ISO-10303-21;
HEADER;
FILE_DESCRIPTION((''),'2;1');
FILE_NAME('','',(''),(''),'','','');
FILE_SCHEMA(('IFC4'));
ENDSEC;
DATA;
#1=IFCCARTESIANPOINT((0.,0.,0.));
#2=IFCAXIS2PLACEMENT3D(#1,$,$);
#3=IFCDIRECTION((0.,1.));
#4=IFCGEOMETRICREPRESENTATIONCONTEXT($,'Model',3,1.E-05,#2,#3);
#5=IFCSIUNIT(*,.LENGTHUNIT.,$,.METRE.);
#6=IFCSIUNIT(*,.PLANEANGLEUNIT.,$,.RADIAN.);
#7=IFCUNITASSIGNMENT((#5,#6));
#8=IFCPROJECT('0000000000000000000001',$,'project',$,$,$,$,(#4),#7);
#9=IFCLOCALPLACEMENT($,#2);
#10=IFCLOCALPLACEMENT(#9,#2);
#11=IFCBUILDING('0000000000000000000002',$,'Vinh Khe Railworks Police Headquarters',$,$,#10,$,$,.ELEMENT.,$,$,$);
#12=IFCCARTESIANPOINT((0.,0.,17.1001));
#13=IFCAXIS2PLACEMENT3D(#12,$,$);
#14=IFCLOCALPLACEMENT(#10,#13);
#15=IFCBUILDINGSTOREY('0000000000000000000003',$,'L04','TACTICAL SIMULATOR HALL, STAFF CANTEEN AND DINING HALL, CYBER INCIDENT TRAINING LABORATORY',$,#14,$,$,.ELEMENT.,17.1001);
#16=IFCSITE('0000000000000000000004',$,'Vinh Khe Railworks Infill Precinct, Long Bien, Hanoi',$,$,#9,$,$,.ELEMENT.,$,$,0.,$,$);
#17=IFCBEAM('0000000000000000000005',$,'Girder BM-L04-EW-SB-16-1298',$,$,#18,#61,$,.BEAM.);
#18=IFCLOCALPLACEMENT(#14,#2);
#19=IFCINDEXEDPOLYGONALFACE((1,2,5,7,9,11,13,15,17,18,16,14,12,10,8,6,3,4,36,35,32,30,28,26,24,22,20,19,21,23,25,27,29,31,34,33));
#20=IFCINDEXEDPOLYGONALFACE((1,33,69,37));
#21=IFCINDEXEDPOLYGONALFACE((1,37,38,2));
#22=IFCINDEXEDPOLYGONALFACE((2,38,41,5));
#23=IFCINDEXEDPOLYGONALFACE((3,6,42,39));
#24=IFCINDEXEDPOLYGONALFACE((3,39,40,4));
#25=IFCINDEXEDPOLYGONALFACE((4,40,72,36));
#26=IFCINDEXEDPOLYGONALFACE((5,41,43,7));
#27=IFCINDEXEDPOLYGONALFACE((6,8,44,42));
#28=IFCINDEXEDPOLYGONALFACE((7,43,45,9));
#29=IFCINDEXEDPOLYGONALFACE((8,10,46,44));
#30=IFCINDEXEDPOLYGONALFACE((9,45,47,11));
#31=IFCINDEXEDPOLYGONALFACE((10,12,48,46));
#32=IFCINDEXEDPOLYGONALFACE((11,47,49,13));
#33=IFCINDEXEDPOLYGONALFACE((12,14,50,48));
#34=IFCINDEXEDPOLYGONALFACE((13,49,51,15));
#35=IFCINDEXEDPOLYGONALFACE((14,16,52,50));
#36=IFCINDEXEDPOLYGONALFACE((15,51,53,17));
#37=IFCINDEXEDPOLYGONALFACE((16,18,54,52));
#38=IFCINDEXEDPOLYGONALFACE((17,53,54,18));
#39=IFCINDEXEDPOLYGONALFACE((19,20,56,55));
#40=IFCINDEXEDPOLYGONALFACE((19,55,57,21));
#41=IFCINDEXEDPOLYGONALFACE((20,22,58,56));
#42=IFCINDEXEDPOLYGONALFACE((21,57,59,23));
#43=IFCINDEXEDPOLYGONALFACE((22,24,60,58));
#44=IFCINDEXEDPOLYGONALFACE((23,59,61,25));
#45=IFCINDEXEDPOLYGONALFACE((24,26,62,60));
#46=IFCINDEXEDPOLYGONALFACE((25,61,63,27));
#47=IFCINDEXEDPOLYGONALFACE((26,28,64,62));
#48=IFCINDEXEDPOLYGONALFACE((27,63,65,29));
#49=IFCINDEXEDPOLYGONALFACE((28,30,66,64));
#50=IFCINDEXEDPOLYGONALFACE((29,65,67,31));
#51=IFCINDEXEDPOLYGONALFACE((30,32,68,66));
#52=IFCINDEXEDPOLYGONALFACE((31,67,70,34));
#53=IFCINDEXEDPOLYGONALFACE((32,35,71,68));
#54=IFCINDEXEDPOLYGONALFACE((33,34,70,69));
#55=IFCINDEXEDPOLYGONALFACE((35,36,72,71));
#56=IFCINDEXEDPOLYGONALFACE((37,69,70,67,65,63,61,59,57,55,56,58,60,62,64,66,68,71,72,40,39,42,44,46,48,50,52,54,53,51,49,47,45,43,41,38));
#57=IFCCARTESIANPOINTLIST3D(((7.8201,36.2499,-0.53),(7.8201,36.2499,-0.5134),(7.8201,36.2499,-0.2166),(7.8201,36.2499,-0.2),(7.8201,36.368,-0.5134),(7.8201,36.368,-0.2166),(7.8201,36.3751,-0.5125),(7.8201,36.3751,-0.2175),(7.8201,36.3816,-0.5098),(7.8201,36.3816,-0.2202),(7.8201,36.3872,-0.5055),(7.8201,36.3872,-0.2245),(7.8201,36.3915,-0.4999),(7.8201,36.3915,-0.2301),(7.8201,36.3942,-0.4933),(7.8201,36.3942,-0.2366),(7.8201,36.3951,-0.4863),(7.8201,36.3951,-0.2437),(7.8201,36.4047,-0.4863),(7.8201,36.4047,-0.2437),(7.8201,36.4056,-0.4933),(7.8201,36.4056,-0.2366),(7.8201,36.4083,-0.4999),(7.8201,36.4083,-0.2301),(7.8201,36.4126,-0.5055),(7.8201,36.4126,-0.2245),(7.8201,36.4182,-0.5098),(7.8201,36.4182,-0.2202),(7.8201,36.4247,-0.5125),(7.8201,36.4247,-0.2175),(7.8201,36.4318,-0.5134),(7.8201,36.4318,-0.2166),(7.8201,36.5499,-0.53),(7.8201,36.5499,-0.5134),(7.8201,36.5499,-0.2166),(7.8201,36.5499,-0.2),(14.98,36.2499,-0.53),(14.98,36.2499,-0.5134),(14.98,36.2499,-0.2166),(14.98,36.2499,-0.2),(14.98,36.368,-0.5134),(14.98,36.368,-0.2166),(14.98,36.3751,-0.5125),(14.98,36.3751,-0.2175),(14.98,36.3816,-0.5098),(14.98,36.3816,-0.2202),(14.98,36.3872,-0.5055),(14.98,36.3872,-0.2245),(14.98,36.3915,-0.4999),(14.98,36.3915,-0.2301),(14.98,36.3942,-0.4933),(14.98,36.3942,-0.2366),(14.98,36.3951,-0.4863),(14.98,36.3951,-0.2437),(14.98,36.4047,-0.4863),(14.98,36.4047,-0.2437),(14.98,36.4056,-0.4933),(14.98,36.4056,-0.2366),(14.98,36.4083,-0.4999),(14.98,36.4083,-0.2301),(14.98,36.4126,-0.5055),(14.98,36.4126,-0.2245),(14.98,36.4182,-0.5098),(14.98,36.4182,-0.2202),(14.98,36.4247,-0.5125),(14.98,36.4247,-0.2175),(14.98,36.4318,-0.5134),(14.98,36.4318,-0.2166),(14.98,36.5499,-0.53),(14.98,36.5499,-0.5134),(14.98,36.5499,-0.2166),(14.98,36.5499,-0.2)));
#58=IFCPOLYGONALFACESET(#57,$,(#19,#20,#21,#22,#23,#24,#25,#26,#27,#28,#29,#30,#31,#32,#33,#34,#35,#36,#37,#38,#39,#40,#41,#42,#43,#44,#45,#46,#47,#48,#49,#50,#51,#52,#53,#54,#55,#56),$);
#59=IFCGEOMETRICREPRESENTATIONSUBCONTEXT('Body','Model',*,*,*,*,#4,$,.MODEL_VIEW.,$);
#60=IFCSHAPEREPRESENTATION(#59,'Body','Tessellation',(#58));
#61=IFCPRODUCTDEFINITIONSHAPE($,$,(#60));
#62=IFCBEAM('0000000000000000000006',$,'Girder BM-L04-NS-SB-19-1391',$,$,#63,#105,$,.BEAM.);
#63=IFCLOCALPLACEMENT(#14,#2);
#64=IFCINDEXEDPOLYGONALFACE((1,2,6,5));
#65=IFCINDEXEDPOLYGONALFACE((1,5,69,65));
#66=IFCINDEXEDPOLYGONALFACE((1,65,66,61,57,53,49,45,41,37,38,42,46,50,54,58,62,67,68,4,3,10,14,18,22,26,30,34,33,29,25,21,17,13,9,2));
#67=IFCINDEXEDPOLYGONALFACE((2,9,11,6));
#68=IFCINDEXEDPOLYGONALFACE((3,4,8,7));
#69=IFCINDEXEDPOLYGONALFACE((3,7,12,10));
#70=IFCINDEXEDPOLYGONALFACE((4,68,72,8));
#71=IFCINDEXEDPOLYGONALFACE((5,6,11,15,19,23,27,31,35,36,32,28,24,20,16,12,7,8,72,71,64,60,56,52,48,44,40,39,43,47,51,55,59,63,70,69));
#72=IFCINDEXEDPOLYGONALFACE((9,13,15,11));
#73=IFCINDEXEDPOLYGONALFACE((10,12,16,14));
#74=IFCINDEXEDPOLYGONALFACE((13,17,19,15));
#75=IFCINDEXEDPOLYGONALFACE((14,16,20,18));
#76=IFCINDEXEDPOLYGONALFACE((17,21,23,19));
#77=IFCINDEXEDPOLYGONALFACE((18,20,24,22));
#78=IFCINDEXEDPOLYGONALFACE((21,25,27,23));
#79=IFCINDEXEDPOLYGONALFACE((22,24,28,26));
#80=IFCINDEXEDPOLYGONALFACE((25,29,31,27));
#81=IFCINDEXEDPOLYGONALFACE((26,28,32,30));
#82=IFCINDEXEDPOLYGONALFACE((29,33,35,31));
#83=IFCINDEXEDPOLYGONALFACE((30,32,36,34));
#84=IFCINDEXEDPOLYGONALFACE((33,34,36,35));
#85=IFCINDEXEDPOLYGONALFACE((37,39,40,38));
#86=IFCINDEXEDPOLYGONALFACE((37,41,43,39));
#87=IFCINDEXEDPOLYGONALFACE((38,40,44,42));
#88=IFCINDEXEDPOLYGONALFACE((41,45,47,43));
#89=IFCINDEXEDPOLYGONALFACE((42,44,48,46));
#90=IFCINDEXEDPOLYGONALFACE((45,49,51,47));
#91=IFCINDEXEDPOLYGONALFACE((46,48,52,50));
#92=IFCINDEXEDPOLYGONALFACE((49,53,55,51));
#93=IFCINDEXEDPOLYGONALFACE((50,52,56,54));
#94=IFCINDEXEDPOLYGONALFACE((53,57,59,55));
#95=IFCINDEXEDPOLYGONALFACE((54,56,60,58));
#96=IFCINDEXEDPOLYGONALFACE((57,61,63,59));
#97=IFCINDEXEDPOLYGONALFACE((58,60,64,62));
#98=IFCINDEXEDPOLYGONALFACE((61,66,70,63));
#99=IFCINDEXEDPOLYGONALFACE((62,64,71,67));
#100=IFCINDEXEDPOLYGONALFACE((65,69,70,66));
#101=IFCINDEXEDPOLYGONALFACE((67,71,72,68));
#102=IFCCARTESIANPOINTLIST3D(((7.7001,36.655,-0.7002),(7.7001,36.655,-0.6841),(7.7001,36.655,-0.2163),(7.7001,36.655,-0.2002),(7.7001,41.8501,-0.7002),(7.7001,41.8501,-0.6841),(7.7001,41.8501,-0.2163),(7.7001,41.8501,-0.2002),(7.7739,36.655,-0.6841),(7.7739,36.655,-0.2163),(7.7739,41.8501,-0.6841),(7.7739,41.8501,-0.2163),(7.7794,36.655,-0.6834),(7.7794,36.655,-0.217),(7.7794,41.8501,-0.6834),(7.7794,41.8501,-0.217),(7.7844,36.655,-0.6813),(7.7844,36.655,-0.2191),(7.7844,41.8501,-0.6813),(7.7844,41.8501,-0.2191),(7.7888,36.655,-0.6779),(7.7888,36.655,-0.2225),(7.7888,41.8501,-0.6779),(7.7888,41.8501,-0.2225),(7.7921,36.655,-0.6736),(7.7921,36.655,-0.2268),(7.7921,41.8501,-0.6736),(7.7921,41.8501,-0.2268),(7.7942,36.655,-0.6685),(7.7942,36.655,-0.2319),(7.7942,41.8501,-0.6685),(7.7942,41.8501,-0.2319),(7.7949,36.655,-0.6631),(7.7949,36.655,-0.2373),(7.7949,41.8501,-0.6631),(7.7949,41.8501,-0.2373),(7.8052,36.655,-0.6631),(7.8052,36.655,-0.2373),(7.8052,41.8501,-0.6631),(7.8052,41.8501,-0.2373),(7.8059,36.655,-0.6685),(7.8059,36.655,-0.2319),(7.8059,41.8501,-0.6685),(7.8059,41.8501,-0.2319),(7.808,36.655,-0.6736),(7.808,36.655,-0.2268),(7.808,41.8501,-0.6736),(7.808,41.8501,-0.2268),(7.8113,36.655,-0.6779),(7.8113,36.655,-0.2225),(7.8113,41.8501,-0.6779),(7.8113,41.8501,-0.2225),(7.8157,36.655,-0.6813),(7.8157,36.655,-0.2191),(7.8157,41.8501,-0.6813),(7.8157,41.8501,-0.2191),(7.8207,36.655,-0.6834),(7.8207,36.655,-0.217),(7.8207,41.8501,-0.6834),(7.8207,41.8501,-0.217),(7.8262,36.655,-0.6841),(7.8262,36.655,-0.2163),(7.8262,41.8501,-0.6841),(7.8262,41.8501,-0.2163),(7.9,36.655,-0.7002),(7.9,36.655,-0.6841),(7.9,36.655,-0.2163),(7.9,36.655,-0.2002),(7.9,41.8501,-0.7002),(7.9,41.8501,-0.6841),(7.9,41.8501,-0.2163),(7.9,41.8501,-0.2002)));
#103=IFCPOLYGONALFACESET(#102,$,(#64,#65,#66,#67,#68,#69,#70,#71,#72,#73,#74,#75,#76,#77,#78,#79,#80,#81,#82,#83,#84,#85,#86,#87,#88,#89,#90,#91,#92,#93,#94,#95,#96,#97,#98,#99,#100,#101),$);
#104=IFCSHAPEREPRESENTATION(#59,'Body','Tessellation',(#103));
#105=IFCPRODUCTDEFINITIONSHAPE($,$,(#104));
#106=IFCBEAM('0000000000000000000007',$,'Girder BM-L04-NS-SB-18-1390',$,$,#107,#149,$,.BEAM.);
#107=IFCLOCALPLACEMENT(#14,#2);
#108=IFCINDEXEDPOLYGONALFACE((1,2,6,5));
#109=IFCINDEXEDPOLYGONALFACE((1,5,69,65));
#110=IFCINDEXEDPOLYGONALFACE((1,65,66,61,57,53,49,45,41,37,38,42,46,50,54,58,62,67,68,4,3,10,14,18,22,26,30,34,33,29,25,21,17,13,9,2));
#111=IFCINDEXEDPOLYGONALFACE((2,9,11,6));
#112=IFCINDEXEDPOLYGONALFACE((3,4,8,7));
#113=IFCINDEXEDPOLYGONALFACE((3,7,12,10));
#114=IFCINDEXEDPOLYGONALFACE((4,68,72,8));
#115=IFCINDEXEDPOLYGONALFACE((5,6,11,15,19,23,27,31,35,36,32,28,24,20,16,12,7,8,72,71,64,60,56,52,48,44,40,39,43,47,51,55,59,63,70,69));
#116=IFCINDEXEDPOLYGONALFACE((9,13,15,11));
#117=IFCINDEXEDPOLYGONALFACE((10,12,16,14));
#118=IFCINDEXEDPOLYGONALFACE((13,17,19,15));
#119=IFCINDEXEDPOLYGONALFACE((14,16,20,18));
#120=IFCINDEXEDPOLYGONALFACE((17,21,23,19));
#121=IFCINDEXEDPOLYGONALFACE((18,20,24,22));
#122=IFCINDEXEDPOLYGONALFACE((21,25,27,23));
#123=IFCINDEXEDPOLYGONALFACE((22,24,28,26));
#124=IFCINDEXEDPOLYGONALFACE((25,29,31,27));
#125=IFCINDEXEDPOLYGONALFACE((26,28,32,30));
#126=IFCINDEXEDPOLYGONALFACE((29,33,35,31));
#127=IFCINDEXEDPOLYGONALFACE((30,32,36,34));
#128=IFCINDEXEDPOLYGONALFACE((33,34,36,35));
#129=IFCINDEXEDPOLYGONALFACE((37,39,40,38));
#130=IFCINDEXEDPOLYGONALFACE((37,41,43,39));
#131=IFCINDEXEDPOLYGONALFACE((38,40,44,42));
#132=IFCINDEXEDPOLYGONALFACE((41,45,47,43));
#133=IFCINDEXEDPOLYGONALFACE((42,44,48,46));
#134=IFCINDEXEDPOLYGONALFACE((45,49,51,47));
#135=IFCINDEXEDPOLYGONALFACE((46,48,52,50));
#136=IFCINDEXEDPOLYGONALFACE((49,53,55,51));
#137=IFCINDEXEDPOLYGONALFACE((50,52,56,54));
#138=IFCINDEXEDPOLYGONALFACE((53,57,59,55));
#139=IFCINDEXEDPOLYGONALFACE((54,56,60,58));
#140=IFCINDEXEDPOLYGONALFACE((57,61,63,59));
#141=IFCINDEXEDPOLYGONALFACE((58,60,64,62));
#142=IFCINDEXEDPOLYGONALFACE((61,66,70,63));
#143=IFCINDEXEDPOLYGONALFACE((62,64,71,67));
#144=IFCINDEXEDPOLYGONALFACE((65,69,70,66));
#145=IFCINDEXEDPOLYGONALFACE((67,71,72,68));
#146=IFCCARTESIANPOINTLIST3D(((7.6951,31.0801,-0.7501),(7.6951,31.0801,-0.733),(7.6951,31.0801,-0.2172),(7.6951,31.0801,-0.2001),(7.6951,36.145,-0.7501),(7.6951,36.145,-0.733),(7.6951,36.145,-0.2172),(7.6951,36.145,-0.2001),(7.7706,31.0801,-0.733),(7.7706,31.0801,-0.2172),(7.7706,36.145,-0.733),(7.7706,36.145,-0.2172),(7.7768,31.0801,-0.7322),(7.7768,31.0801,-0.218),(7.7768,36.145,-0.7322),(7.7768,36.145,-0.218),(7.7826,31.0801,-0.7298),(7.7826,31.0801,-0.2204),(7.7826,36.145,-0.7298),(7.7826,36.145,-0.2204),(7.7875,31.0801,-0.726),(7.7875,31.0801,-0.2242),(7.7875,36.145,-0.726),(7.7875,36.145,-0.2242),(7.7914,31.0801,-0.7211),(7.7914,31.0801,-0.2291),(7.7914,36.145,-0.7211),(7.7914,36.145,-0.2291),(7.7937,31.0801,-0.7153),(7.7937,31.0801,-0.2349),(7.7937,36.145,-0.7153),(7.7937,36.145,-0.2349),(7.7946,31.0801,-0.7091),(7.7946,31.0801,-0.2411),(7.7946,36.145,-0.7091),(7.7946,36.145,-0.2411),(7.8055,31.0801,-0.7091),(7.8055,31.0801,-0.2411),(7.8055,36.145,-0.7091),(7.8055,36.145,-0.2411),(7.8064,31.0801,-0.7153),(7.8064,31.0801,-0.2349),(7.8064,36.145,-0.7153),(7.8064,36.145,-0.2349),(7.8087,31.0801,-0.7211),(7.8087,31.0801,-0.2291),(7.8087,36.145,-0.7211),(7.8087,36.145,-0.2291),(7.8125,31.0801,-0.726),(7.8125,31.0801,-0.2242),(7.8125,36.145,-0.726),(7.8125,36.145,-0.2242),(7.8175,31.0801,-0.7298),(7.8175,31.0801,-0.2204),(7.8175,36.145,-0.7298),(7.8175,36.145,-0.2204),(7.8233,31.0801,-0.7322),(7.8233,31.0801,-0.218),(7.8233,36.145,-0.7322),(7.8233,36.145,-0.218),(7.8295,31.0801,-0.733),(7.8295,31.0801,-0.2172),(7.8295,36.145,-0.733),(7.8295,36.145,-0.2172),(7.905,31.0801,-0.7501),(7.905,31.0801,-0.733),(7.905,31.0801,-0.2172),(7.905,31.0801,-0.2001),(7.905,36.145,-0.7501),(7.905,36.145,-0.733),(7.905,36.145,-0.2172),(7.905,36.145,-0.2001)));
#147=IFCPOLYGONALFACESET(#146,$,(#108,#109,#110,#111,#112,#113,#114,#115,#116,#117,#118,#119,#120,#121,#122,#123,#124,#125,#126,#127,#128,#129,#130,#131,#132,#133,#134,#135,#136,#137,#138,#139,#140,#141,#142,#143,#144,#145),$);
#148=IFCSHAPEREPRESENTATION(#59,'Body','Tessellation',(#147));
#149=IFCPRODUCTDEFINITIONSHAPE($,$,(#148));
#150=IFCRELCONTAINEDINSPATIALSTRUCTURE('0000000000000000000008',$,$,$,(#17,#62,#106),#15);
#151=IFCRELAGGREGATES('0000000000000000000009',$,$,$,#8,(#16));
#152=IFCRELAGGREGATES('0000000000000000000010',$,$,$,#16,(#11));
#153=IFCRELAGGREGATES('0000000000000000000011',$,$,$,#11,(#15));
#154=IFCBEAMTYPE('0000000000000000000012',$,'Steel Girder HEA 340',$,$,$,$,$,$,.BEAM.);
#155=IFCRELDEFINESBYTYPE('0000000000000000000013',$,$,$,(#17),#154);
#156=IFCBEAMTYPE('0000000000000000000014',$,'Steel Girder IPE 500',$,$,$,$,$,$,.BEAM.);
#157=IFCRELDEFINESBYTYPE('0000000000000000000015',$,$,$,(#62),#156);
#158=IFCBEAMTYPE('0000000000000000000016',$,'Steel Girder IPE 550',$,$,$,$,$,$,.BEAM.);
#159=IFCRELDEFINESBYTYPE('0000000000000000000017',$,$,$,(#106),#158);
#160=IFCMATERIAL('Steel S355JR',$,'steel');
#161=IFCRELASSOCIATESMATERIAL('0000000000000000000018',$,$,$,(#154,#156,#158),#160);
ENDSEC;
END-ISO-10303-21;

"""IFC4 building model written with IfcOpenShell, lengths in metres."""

from ifc_helpers import new_model, si_unit, direction, frame, origin, origin_2d, place, context, subcontext, project, spatial, i_section, extrude, material, material_profile, profile_set, type_object, element, save


model = new_model("IFC4")

# Units and contexts
model_context = context("Model", 3, precision=1e-05, world=origin(), true_north=direction((0.0, 1.0)))
body_context = subcontext(model_context, "Body", "Model", "MODEL_VIEW")
ifc_project = project(units=[si_unit("LENGTHUNIT", "METRE"), si_unit("PLANEANGLEUNIT", "RADIAN")], contexts=[model_context])

# Site, building, storey
site_placement = place(None, origin())
site = spatial("IfcSite", under=ifc_project, at=site_placement, Name="Vinh Khe Railworks Infill Precinct, Long Bien, Hanoi", CompositionType="ELEMENT", RefElevation=0.0)
building_placement = place(site_placement, origin())
building = spatial("IfcBuilding", under=site, at=building_placement, Name="Vinh Khe Railworks Police Headquarters", CompositionType="ELEMENT")
storey_placement = place(building_placement, frame((0.0, 0.0, 17.1001)))
storey = spatial("IfcBuildingStorey", under=building, at=storey_placement, Name="L04", Description="TACTICAL SIMULATOR HALL, STAFF CANTEEN AND DINING HALL, CYBER INCIDENT TRAINING LABORATORY", CompositionType="ELEMENT", Elevation=17.1001)

# Shared definitions
ifc_material_1 = material(Name="Steel S355JR", Category="steel")

# Beams
ifc_material_profile_1 = material_profile(ifc_material_1, i_section(OverallWidth=0.3, OverallDepth=0.3301, WebThickness=0.0095, FlangeThickness=0.0166, FilletRadius=0.0271, at=origin_2d()), Name="HEA 340")
ifc_profile_set_1 = profile_set([ifc_material_profile_1], Name="Steel S355JR")
beam_type_1 = type_object("IfcBeamType", Name="Steel Girder HEA 340", PredefinedType="BEAM", material=ifc_profile_set_1)
beam_1_placement = place(storey_placement, frame((7.8201, 36.3999, -0.365), z_axis=(1.0, 0.0, 0.0), x_axis=(0.0, 1.0, 0.0)))
element("IfcBeam", 1, at=beam_1_placement, inside=storey, type_object=beam_type_1, Name="Girder BM-L04-EW-SB-16-1298", PredefinedType="BEAM", context=body_context, shape_type="SweptSolid", body=[
    extrude(i_section(OverallWidth=0.3, OverallDepth=0.3301, WebThickness=0.0095, FlangeThickness=0.0166, FilletRadius=0.0271, at=origin_2d()), origin(), (0.0, 0.0, 1.0), 7.1599),
])
ifc_material_profile_2 = material_profile(ifc_material_1, i_section(OverallWidth=0.2, OverallDepth=0.5, WebThickness=0.0103, FlangeThickness=0.0161, FilletRadius=0.021, at=origin_2d()), Name="IPE 500")
ifc_profile_set_2 = profile_set([ifc_material_profile_2], Name="Steel S355JR")
beam_type_2 = type_object("IfcBeamType", Name="Steel Girder IPE 500", PredefinedType="BEAM", material=ifc_profile_set_2)
beam_2_placement = place(storey_placement, frame((7.8, 36.655, -0.4502), z_axis=(0.0, 1.0, 0.0), x_axis=(-1.0, 0.0, 0.0)))
element("IfcBeam", 2, at=beam_2_placement, inside=storey, type_object=beam_type_2, Name="Girder BM-L04-NS-SB-19-1391", PredefinedType="BEAM", context=body_context, shape_type="SweptSolid", body=[
    extrude(i_section(OverallWidth=0.2, OverallDepth=0.5, WebThickness=0.0103, FlangeThickness=0.0161, FilletRadius=0.021, at=origin_2d()), origin(), (0.0, 0.0, 1.0), 5.1951),
])
ifc_material_profile_3 = material_profile(ifc_material_1, i_section(OverallWidth=0.21, OverallDepth=0.55, WebThickness=0.011, FlangeThickness=0.0171, FilletRadius=0.0239, at=origin_2d()), Name="IPE 550")
ifc_profile_set_3 = profile_set([ifc_material_profile_3], Name="Steel S355JR")
beam_type_3 = type_object("IfcBeamType", Name="Steel Girder IPE 550", PredefinedType="BEAM", material=ifc_profile_set_3)
beam_3_placement = place(storey_placement, frame((7.8, 31.0801, -0.4751), z_axis=(0.0, 1.0, 0.0), x_axis=(-1.0, 0.0, 0.0)))
element("IfcBeam", 3, at=beam_3_placement, inside=storey, type_object=beam_type_3, Name="Girder BM-L04-NS-SB-18-1390", PredefinedType="BEAM", context=body_context, shape_type="SweptSolid", body=[
    extrude(i_section(OverallWidth=0.21, OverallDepth=0.55, WebThickness=0.011, FlangeThickness=0.0171, FilletRadius=0.0239, at=origin_2d()), origin(), (0.0, 0.0, 1.0), 5.0649),
])

save(model, "model.ifc")
